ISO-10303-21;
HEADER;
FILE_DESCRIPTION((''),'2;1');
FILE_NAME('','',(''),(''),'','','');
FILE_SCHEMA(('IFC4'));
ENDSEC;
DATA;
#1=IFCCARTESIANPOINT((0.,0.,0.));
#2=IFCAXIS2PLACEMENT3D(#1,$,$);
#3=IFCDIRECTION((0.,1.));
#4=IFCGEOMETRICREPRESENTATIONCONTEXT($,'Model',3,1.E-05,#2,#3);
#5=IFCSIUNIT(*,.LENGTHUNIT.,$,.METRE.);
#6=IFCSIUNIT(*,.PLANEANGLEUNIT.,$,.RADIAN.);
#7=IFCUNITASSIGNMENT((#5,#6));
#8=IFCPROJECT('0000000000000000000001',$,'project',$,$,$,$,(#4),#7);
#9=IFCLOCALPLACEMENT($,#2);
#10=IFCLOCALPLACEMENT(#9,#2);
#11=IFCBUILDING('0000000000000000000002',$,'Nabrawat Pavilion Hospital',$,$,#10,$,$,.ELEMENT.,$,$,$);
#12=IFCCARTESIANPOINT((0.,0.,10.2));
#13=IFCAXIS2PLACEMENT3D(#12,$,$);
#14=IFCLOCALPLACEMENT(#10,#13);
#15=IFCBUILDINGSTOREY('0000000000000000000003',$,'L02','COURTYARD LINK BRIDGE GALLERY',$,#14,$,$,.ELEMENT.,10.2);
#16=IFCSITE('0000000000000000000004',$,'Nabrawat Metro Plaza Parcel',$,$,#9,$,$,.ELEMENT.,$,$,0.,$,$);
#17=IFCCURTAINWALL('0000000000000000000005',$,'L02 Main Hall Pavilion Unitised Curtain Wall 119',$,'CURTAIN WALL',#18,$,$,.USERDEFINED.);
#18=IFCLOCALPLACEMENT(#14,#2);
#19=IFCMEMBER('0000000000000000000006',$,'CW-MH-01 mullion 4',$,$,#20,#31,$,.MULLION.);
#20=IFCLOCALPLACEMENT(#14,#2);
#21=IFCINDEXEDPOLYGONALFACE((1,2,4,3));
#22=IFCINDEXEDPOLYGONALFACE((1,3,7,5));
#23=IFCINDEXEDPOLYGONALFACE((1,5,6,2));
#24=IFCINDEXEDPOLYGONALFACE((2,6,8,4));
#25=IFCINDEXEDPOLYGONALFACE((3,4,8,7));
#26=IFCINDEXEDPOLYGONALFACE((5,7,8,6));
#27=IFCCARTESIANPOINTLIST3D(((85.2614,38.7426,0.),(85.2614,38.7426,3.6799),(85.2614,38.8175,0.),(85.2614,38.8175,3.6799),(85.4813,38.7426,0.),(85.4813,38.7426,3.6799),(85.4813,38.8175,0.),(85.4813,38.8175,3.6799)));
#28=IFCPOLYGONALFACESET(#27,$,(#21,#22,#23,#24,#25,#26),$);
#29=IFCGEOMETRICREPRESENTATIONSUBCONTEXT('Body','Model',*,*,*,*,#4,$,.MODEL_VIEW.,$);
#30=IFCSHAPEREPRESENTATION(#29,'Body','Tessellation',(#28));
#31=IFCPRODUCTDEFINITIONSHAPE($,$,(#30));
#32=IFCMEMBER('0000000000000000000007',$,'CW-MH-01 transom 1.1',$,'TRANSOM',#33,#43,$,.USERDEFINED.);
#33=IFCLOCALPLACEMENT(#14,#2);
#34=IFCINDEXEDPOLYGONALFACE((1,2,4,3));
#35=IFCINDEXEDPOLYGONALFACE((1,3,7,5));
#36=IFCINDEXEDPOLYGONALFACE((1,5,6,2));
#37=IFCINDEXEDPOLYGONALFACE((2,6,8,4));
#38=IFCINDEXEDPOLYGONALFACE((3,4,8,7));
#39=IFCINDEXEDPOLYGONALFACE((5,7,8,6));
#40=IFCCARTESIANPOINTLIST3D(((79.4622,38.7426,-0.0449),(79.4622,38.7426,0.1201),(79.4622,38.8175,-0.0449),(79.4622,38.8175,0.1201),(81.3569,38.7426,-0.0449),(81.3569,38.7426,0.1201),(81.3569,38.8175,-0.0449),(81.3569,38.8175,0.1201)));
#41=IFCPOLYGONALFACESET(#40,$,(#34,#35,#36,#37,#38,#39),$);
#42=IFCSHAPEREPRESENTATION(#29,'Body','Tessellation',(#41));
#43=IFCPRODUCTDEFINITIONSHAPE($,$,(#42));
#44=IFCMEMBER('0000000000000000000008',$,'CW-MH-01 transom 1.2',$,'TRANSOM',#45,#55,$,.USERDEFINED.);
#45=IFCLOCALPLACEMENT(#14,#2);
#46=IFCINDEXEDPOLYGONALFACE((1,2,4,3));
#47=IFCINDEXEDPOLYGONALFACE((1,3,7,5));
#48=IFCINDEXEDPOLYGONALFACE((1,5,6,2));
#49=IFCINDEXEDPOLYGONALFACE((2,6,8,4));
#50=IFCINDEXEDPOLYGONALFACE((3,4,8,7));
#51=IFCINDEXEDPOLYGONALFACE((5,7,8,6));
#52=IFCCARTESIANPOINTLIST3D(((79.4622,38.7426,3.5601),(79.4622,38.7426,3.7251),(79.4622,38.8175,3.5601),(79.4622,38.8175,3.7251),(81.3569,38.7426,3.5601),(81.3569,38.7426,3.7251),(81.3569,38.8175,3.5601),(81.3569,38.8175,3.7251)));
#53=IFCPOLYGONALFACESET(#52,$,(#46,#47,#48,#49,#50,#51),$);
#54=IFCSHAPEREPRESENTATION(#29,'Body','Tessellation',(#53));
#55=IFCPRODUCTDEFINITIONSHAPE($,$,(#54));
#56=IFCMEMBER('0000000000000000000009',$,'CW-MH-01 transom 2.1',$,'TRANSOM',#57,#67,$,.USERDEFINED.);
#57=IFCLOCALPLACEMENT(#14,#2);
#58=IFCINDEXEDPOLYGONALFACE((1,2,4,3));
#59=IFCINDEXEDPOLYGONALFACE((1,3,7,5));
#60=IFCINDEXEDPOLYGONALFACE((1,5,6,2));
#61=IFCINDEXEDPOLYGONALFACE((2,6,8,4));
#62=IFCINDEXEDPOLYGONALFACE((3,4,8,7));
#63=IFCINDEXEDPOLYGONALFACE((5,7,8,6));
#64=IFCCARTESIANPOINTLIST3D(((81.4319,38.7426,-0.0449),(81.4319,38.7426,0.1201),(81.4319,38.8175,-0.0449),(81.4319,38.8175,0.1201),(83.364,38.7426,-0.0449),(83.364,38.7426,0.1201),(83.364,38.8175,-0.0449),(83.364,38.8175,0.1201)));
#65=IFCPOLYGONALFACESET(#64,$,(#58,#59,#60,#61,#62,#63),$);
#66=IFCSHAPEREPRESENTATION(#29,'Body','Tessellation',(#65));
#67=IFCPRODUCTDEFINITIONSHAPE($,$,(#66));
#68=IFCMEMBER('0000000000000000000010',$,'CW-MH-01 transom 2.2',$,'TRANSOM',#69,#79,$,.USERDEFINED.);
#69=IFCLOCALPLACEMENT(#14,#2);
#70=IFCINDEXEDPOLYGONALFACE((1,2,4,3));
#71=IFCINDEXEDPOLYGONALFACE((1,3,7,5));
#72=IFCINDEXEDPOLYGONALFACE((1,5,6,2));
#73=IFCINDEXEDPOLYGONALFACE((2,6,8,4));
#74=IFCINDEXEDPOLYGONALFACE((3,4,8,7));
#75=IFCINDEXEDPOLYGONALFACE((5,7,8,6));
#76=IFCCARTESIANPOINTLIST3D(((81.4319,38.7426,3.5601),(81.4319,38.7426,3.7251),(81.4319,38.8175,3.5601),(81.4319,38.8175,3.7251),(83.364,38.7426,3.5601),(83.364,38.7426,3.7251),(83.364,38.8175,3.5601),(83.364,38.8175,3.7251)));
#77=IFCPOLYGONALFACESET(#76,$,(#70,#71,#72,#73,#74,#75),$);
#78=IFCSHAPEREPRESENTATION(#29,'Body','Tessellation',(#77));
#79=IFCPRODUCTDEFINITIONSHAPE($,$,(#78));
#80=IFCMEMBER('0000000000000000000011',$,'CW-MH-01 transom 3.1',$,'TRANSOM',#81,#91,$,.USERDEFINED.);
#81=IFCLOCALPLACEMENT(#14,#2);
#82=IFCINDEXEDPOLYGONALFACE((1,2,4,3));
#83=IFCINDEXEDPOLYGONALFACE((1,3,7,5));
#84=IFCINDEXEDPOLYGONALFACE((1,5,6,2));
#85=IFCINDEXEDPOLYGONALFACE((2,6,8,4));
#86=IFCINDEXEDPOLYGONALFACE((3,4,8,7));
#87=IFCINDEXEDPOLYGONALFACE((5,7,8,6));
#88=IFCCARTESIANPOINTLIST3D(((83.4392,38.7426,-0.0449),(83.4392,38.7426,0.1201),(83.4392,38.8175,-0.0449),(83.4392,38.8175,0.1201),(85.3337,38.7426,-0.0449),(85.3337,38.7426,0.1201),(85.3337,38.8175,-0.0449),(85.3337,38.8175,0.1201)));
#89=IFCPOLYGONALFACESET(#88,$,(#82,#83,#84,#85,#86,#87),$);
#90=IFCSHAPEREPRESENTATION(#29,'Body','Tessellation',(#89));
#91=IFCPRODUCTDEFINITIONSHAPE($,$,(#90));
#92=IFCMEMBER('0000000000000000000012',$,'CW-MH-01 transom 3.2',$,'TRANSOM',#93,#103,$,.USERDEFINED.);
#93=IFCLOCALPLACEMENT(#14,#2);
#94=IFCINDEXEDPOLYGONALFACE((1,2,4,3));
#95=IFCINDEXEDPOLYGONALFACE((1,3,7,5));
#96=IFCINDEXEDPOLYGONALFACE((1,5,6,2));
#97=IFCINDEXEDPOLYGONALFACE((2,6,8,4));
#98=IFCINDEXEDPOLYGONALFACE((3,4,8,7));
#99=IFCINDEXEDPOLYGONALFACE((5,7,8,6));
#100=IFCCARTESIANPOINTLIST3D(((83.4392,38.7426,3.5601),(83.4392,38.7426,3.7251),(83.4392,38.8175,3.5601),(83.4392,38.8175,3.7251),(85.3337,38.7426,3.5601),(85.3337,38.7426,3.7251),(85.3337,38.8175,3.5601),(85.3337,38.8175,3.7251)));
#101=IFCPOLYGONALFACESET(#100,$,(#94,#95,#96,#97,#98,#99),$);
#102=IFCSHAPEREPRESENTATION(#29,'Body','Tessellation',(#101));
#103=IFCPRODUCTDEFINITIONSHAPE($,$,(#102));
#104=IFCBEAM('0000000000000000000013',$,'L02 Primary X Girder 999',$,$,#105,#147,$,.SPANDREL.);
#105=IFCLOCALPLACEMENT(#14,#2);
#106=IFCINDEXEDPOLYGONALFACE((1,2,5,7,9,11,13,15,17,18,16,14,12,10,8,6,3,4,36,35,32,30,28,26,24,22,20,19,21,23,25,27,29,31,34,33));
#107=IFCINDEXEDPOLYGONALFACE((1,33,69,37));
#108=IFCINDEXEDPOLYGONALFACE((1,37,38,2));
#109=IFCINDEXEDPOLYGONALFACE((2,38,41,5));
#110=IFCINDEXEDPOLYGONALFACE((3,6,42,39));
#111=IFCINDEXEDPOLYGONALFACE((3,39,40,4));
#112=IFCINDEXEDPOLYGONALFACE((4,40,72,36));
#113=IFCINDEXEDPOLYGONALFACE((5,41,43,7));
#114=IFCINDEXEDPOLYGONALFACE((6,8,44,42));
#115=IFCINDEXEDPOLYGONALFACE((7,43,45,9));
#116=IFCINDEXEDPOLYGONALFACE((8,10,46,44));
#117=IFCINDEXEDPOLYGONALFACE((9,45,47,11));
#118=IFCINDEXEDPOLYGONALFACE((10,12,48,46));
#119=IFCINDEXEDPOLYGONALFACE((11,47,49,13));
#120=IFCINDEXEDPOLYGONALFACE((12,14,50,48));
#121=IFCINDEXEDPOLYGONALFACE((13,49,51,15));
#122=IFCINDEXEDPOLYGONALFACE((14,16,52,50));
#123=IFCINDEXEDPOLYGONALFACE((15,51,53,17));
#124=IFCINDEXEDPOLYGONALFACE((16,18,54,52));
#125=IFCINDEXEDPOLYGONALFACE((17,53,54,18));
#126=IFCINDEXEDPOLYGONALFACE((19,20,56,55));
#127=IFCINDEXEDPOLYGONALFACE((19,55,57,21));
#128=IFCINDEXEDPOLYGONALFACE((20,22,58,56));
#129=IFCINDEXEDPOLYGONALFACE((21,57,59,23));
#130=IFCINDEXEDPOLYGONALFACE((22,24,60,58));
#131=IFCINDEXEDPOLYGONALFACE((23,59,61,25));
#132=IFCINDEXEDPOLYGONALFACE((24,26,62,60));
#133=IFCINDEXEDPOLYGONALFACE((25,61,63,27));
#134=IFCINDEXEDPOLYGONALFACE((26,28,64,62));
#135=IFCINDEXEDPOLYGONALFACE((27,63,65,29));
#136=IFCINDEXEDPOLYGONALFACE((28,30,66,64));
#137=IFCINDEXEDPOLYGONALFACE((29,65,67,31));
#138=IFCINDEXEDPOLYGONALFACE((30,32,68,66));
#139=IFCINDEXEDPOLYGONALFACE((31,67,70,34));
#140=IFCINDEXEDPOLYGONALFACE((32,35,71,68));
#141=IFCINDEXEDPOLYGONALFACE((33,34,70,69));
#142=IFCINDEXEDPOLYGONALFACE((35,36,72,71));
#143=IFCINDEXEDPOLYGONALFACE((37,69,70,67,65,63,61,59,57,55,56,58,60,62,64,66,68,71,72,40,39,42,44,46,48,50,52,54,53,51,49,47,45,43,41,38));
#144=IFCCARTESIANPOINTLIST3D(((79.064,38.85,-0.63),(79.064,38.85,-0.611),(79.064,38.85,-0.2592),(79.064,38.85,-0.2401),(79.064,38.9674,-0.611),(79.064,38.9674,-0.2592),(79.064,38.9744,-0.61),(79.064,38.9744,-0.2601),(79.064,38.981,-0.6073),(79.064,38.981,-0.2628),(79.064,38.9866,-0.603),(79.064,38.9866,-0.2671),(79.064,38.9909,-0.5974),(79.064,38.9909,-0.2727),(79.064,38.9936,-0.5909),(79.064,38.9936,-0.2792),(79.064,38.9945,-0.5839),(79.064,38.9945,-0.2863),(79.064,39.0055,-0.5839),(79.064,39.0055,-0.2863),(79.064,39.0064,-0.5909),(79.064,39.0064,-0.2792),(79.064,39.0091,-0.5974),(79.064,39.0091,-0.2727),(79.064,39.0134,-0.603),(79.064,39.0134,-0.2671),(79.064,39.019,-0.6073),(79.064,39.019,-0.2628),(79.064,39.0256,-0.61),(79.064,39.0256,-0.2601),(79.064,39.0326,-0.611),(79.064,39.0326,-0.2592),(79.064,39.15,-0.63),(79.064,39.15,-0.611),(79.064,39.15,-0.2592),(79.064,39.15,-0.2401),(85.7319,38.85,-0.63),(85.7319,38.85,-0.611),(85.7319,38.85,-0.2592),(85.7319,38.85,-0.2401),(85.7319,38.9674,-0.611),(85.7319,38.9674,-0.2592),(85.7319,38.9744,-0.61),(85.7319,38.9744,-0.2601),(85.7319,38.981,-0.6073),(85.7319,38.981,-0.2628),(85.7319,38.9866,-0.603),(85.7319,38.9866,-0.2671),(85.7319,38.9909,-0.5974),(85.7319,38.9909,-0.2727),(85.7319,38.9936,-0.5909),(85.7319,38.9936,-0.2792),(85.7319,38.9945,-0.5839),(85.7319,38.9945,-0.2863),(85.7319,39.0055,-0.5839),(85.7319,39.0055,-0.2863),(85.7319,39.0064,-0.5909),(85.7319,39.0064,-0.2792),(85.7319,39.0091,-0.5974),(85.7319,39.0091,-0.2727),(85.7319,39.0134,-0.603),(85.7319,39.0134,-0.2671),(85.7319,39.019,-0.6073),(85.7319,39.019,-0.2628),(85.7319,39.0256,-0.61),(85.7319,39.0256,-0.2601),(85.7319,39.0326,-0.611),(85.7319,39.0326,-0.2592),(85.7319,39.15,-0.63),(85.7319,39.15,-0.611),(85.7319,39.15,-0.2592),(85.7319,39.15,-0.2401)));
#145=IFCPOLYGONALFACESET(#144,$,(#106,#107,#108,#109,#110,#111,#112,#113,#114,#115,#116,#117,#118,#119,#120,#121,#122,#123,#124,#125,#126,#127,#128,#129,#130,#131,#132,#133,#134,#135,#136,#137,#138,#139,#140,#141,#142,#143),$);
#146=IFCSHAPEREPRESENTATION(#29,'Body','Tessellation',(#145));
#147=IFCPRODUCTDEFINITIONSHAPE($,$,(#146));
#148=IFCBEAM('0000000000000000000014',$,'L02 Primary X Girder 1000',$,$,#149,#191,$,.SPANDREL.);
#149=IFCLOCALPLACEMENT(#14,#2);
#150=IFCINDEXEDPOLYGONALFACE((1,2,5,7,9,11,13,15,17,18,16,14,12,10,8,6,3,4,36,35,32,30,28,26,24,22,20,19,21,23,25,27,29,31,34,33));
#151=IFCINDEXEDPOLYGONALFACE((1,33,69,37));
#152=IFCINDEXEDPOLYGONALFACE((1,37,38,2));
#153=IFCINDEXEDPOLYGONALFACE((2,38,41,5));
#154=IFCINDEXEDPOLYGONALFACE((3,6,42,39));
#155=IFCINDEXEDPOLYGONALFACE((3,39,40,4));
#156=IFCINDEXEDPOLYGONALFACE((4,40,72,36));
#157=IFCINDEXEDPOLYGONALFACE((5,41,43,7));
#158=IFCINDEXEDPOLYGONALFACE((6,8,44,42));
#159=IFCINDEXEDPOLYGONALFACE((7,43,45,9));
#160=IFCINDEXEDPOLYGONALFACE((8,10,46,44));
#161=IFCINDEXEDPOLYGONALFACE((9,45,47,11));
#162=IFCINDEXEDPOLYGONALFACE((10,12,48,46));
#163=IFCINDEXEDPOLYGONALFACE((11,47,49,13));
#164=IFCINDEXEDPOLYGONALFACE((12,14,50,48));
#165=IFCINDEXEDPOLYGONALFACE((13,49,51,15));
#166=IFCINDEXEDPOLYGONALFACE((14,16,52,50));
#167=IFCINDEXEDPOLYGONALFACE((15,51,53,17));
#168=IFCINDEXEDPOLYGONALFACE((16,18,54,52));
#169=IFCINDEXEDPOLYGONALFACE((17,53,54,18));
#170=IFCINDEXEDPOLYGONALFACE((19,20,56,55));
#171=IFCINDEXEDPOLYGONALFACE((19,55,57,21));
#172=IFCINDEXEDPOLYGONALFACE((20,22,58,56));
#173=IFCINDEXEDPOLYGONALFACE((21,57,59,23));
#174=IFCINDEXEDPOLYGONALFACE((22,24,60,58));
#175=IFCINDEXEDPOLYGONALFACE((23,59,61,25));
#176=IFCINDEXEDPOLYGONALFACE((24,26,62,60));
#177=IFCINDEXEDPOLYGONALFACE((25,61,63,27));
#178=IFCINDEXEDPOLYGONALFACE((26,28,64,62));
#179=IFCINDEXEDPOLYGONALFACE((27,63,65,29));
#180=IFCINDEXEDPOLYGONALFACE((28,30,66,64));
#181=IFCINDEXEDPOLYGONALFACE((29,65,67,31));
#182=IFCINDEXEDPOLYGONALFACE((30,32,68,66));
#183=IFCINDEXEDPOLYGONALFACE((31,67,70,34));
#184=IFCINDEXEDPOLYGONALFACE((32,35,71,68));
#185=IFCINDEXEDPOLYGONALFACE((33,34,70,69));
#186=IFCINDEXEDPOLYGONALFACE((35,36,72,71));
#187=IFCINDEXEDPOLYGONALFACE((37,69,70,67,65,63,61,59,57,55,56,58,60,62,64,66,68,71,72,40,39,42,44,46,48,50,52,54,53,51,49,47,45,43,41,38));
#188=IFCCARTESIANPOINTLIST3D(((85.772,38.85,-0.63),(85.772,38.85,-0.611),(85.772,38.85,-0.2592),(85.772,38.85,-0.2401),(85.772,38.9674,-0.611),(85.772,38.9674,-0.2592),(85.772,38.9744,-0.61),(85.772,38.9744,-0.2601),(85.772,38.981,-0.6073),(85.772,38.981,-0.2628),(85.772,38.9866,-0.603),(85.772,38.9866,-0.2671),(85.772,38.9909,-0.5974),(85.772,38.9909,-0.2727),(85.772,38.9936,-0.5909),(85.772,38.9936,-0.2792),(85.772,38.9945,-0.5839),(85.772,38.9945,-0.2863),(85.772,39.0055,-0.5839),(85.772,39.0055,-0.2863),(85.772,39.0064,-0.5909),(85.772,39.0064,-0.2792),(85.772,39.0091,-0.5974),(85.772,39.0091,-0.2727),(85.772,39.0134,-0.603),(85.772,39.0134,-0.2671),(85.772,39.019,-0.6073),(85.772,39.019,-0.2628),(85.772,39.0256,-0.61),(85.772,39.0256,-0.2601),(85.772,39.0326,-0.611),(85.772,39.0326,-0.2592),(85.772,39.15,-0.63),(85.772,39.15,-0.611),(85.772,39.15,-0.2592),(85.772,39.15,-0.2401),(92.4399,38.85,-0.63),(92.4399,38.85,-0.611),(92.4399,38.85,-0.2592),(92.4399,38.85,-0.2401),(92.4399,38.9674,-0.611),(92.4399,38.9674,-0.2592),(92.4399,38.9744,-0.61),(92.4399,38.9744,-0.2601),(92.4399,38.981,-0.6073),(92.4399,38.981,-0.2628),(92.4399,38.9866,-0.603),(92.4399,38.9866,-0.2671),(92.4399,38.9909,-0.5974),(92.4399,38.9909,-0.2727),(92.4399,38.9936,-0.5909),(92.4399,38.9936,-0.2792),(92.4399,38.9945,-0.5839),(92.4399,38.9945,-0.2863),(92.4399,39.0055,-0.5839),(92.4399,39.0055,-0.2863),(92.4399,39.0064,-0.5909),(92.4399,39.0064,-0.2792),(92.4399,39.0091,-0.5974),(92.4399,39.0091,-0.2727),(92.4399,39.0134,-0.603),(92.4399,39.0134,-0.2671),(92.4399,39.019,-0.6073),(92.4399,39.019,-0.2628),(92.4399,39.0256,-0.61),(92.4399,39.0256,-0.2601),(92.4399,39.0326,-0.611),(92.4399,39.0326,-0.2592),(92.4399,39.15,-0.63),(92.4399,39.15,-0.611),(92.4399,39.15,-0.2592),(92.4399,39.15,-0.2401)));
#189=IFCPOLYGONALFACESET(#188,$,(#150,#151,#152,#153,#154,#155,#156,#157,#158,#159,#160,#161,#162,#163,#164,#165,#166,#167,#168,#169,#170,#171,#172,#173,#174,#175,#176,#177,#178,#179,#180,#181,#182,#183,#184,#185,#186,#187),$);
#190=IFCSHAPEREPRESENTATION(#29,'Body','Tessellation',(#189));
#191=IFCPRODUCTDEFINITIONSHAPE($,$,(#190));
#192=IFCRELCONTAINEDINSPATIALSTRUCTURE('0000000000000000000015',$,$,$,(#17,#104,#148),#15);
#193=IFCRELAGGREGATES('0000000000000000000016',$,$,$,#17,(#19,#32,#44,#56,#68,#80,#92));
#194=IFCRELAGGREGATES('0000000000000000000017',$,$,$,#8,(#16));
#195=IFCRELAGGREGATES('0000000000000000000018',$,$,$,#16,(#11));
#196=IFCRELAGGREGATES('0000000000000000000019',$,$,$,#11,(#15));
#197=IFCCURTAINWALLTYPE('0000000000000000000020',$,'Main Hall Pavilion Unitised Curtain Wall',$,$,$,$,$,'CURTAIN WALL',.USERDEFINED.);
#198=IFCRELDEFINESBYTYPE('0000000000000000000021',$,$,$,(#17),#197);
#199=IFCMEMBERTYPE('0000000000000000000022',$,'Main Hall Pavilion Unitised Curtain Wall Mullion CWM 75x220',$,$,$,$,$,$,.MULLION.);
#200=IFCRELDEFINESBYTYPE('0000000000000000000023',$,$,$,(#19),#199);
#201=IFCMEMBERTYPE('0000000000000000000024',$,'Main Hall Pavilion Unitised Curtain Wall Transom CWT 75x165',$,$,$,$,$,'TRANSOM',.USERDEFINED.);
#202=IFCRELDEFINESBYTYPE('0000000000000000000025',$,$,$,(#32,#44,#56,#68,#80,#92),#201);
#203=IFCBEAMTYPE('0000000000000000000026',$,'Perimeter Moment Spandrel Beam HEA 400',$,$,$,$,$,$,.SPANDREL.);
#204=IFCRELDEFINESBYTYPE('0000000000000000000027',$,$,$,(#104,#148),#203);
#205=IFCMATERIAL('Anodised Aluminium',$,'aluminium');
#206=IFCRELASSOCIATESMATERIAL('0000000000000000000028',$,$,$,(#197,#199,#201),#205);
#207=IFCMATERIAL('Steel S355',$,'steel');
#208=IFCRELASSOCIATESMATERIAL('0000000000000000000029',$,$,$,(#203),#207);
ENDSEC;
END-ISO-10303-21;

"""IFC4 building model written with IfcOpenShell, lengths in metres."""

from ifc_helpers import new_model, si_unit, direction, frame, origin, origin_2d, place, context, subcontext, project, spatial, rectangle, i_section, extrude, material, material_profile, profile_set, type_object, element, aggregate, save


model = new_model("IFC4")

# Units and contexts
model_context = context("Model", 3, precision=1e-05, world=origin(), true_north=direction((0.0, 1.0)))
body_context = subcontext(model_context, "Body", "Model", "MODEL_VIEW")
ifc_project = project(units=[si_unit("LENGTHUNIT", "METRE"), si_unit("PLANEANGLEUNIT", "RADIAN")], contexts=[model_context])

# Site, building, storey
site_placement = place(None, origin())
site = spatial("IfcSite", under=ifc_project, at=site_placement, Name="Nabrawat Metro Plaza Parcel", CompositionType="ELEMENT", RefElevation=0.0)
building_placement = place(site_placement, origin())
building = spatial("IfcBuilding", under=site, at=building_placement, Name="Nabrawat Pavilion Hospital", CompositionType="ELEMENT")
storey_placement = place(building_placement, frame((0.0, 0.0, 10.2)))
storey = spatial("IfcBuildingStorey", under=building, at=storey_placement, Name="L02", Description="COURTYARD LINK BRIDGE GALLERY", CompositionType="ELEMENT", Elevation=10.2)

# Shared definitions
ifc_material_1 = material(Name="Steel S355", Category="steel")

# Shared definitions
ifc_material_2 = material(Name="Anodised Aluminium", Category="aluminium")

# Shared definitions
curtain_wall_type_1 = type_object("IfcCurtainWallType", Name="Main Hall Pavilion Unitised Curtain Wall", ElementType="CURTAIN WALL", PredefinedType="USERDEFINED", material=ifc_material_2)
ifc_material_profile_1 = material_profile(ifc_material_2, rectangle(XDim=0.075, YDim=0.22, at=origin_2d()), Name="CWM 75x220")
ifc_profile_set_1 = profile_set([ifc_material_profile_1], Name="Anodised Aluminium")
member_type_1 = type_object("IfcMemberType", Name="Main Hall Pavilion Unitised Curtain Wall Mullion CWM 75x220", PredefinedType="MULLION", material=ifc_profile_set_1)

# Curtain wall, members
curtain_wall_1_placement = place(storey_placement, origin())
curtain_wall_1 = element("IfcCurtainWall", 1, at=curtain_wall_1_placement, inside=storey, type_object=curtain_wall_type_1, Name="L02 Main Hall Pavilion Unitised Curtain Wall 119", ObjectType="CURTAIN WALL", PredefinedType="USERDEFINED")
member_1_placement = place(storey_placement, frame((85.3713, 38.78, 0.0), z_axis=(0.0, 0.0, 1.0), x_axis=(0.0, 1.0, 0.0)))
member_1 = element("IfcMember", 2, at=member_1_placement, type_object=member_type_1, Name="CW-MH-01 mullion 4", PredefinedType="MULLION", context=body_context, shape_type="SweptSolid", body=[
    extrude(rectangle(XDim=0.075, YDim=0.22, at=origin_2d()), origin(), (0.0, 0.0, 1.0), 3.6799),
])
ifc_material_profile_2 = material_profile(ifc_material_2, rectangle(XDim=0.075, YDim=0.165, at=origin_2d()), Name="CWT 75x165")
ifc_profile_set_2 = profile_set([ifc_material_profile_2], Name="Anodised Aluminium")
member_type_2 = type_object("IfcMemberType", Name="Main Hall Pavilion Unitised Curtain Wall Transom CWT 75x165", ElementType="TRANSOM", PredefinedType="USERDEFINED", material=ifc_profile_set_2)
member_2_placement = place(storey_placement, frame((79.4622, 38.78, 0.0376), z_axis=(1.0, 0.0, 0.0), x_axis=(0.0, 1.0, 0.0)))
member_2 = element("IfcMember", 3, at=member_2_placement, type_object=member_type_2, Name="CW-MH-01 transom 1.1", ObjectType="TRANSOM", PredefinedType="USERDEFINED", context=body_context, shape_type="SweptSolid", body=[
    extrude(rectangle(XDim=0.075, YDim=0.165, at=origin_2d()), origin(), (0.0, 0.0, 1.0), 1.8948),
])
member_3_placement = place(storey_placement, frame((79.4622, 38.78, 3.6426), z_axis=(1.0, 0.0, 0.0), x_axis=(0.0, 1.0, 0.0)))
member_3 = element("IfcMember", 4, at=member_3_placement, type_object=member_type_2, Name="CW-MH-01 transom 1.2", ObjectType="TRANSOM", PredefinedType="USERDEFINED", context=body_context, shape_type="SweptSolid", body=[
    extrude(rectangle(XDim=0.075, YDim=0.165, at=origin_2d()), origin(), (0.0, 0.0, 1.0), 1.8948),
])
member_4_placement = place(storey_placement, frame((81.4319, 38.78, 0.0376), z_axis=(1.0, 0.0, 0.0), x_axis=(0.0, 1.0, 0.0)))
member_4 = element("IfcMember", 5, at=member_4_placement, type_object=member_type_2, Name="CW-MH-01 transom 2.1", ObjectType="TRANSOM", PredefinedType="USERDEFINED", context=body_context, shape_type="SweptSolid", body=[
    extrude(rectangle(XDim=0.075, YDim=0.165, at=origin_2d()), origin(), (0.0, 0.0, 1.0), 1.9321),
])
member_5_placement = place(storey_placement, frame((81.4319, 38.78, 3.6426), z_axis=(1.0, 0.0, 0.0), x_axis=(0.0, 1.0, 0.0)))
member_5 = element("IfcMember", 6, at=member_5_placement, type_object=member_type_2, Name="CW-MH-01 transom 2.2", ObjectType="TRANSOM", PredefinedType="USERDEFINED", context=body_context, shape_type="SweptSolid", body=[
    extrude(rectangle(XDim=0.075, YDim=0.165, at=origin_2d()), origin(), (0.0, 0.0, 1.0), 1.9321),
])
member_6_placement = place(storey_placement, frame((83.4392, 38.78, 0.0376), z_axis=(1.0, 0.0, 0.0), x_axis=(0.0, 1.0, 0.0)))
member_6 = element("IfcMember", 7, at=member_6_placement, type_object=member_type_2, Name="CW-MH-01 transom 3.1", ObjectType="TRANSOM", PredefinedType="USERDEFINED", context=body_context, shape_type="SweptSolid", body=[
    extrude(rectangle(XDim=0.075, YDim=0.165, at=origin_2d()), origin(), (0.0, 0.0, 1.0), 1.8945),
])
member_7_placement = place(storey_placement, frame((83.4392, 38.78, 3.6426), z_axis=(1.0, 0.0, 0.0), x_axis=(0.0, 1.0, 0.0)))
member_7 = element("IfcMember", 8, at=member_7_placement, type_object=member_type_2, Name="CW-MH-01 transom 3.2", ObjectType="TRANSOM", PredefinedType="USERDEFINED", context=body_context, shape_type="SweptSolid", body=[
    extrude(rectangle(XDim=0.075, YDim=0.165, at=origin_2d()), origin(), (0.0, 0.0, 1.0), 1.8945),
])

# Beams
ifc_material_profile_3 = material_profile(ifc_material_1, i_section(OverallWidth=0.3, OverallDepth=0.3899, WebThickness=0.011, FlangeThickness=0.019, FilletRadius=0.0271, at=origin_2d()), Name="HEA 400")
ifc_profile_set_3 = profile_set([ifc_material_profile_3], Name="Steel S355")
beam_type_1 = type_object("IfcBeamType", Name="Perimeter Moment Spandrel Beam HEA 400", PredefinedType="SPANDREL", material=ifc_profile_set_3)
for number, where, z_axis, x_axis, name in (
    (9, (79.064, 39.0, -0.4351), (1.0, 0.0, 0.0), (0.0, 1.0, 0.0), "L02 Primary X Girder 999"),
    (10, (85.772, 39.0, -0.4351), (1.0, 0.0, 0.0), (0.0, 1.0, 0.0), "L02 Primary X Girder 1000"),
):
    element("IfcBeam", number, at=place(storey_placement, frame(where, z_axis=z_axis, x_axis=x_axis)), inside=storey, type_object=beam_type_1, Name=name, PredefinedType="SPANDREL", context=body_context, shape_type="SweptSolid", body=[
        extrude(i_section(OverallWidth=0.3, OverallDepth=0.3899, WebThickness=0.011, FlangeThickness=0.019, FilletRadius=0.0271, at=origin_2d()), origin(), (0.0, 0.0, 1.0), 6.668),
    ])

aggregate(curtain_wall_1, [member_1, member_2, member_3, member_4, member_5, member_6, member_7])

save(model, "model.ifc")
